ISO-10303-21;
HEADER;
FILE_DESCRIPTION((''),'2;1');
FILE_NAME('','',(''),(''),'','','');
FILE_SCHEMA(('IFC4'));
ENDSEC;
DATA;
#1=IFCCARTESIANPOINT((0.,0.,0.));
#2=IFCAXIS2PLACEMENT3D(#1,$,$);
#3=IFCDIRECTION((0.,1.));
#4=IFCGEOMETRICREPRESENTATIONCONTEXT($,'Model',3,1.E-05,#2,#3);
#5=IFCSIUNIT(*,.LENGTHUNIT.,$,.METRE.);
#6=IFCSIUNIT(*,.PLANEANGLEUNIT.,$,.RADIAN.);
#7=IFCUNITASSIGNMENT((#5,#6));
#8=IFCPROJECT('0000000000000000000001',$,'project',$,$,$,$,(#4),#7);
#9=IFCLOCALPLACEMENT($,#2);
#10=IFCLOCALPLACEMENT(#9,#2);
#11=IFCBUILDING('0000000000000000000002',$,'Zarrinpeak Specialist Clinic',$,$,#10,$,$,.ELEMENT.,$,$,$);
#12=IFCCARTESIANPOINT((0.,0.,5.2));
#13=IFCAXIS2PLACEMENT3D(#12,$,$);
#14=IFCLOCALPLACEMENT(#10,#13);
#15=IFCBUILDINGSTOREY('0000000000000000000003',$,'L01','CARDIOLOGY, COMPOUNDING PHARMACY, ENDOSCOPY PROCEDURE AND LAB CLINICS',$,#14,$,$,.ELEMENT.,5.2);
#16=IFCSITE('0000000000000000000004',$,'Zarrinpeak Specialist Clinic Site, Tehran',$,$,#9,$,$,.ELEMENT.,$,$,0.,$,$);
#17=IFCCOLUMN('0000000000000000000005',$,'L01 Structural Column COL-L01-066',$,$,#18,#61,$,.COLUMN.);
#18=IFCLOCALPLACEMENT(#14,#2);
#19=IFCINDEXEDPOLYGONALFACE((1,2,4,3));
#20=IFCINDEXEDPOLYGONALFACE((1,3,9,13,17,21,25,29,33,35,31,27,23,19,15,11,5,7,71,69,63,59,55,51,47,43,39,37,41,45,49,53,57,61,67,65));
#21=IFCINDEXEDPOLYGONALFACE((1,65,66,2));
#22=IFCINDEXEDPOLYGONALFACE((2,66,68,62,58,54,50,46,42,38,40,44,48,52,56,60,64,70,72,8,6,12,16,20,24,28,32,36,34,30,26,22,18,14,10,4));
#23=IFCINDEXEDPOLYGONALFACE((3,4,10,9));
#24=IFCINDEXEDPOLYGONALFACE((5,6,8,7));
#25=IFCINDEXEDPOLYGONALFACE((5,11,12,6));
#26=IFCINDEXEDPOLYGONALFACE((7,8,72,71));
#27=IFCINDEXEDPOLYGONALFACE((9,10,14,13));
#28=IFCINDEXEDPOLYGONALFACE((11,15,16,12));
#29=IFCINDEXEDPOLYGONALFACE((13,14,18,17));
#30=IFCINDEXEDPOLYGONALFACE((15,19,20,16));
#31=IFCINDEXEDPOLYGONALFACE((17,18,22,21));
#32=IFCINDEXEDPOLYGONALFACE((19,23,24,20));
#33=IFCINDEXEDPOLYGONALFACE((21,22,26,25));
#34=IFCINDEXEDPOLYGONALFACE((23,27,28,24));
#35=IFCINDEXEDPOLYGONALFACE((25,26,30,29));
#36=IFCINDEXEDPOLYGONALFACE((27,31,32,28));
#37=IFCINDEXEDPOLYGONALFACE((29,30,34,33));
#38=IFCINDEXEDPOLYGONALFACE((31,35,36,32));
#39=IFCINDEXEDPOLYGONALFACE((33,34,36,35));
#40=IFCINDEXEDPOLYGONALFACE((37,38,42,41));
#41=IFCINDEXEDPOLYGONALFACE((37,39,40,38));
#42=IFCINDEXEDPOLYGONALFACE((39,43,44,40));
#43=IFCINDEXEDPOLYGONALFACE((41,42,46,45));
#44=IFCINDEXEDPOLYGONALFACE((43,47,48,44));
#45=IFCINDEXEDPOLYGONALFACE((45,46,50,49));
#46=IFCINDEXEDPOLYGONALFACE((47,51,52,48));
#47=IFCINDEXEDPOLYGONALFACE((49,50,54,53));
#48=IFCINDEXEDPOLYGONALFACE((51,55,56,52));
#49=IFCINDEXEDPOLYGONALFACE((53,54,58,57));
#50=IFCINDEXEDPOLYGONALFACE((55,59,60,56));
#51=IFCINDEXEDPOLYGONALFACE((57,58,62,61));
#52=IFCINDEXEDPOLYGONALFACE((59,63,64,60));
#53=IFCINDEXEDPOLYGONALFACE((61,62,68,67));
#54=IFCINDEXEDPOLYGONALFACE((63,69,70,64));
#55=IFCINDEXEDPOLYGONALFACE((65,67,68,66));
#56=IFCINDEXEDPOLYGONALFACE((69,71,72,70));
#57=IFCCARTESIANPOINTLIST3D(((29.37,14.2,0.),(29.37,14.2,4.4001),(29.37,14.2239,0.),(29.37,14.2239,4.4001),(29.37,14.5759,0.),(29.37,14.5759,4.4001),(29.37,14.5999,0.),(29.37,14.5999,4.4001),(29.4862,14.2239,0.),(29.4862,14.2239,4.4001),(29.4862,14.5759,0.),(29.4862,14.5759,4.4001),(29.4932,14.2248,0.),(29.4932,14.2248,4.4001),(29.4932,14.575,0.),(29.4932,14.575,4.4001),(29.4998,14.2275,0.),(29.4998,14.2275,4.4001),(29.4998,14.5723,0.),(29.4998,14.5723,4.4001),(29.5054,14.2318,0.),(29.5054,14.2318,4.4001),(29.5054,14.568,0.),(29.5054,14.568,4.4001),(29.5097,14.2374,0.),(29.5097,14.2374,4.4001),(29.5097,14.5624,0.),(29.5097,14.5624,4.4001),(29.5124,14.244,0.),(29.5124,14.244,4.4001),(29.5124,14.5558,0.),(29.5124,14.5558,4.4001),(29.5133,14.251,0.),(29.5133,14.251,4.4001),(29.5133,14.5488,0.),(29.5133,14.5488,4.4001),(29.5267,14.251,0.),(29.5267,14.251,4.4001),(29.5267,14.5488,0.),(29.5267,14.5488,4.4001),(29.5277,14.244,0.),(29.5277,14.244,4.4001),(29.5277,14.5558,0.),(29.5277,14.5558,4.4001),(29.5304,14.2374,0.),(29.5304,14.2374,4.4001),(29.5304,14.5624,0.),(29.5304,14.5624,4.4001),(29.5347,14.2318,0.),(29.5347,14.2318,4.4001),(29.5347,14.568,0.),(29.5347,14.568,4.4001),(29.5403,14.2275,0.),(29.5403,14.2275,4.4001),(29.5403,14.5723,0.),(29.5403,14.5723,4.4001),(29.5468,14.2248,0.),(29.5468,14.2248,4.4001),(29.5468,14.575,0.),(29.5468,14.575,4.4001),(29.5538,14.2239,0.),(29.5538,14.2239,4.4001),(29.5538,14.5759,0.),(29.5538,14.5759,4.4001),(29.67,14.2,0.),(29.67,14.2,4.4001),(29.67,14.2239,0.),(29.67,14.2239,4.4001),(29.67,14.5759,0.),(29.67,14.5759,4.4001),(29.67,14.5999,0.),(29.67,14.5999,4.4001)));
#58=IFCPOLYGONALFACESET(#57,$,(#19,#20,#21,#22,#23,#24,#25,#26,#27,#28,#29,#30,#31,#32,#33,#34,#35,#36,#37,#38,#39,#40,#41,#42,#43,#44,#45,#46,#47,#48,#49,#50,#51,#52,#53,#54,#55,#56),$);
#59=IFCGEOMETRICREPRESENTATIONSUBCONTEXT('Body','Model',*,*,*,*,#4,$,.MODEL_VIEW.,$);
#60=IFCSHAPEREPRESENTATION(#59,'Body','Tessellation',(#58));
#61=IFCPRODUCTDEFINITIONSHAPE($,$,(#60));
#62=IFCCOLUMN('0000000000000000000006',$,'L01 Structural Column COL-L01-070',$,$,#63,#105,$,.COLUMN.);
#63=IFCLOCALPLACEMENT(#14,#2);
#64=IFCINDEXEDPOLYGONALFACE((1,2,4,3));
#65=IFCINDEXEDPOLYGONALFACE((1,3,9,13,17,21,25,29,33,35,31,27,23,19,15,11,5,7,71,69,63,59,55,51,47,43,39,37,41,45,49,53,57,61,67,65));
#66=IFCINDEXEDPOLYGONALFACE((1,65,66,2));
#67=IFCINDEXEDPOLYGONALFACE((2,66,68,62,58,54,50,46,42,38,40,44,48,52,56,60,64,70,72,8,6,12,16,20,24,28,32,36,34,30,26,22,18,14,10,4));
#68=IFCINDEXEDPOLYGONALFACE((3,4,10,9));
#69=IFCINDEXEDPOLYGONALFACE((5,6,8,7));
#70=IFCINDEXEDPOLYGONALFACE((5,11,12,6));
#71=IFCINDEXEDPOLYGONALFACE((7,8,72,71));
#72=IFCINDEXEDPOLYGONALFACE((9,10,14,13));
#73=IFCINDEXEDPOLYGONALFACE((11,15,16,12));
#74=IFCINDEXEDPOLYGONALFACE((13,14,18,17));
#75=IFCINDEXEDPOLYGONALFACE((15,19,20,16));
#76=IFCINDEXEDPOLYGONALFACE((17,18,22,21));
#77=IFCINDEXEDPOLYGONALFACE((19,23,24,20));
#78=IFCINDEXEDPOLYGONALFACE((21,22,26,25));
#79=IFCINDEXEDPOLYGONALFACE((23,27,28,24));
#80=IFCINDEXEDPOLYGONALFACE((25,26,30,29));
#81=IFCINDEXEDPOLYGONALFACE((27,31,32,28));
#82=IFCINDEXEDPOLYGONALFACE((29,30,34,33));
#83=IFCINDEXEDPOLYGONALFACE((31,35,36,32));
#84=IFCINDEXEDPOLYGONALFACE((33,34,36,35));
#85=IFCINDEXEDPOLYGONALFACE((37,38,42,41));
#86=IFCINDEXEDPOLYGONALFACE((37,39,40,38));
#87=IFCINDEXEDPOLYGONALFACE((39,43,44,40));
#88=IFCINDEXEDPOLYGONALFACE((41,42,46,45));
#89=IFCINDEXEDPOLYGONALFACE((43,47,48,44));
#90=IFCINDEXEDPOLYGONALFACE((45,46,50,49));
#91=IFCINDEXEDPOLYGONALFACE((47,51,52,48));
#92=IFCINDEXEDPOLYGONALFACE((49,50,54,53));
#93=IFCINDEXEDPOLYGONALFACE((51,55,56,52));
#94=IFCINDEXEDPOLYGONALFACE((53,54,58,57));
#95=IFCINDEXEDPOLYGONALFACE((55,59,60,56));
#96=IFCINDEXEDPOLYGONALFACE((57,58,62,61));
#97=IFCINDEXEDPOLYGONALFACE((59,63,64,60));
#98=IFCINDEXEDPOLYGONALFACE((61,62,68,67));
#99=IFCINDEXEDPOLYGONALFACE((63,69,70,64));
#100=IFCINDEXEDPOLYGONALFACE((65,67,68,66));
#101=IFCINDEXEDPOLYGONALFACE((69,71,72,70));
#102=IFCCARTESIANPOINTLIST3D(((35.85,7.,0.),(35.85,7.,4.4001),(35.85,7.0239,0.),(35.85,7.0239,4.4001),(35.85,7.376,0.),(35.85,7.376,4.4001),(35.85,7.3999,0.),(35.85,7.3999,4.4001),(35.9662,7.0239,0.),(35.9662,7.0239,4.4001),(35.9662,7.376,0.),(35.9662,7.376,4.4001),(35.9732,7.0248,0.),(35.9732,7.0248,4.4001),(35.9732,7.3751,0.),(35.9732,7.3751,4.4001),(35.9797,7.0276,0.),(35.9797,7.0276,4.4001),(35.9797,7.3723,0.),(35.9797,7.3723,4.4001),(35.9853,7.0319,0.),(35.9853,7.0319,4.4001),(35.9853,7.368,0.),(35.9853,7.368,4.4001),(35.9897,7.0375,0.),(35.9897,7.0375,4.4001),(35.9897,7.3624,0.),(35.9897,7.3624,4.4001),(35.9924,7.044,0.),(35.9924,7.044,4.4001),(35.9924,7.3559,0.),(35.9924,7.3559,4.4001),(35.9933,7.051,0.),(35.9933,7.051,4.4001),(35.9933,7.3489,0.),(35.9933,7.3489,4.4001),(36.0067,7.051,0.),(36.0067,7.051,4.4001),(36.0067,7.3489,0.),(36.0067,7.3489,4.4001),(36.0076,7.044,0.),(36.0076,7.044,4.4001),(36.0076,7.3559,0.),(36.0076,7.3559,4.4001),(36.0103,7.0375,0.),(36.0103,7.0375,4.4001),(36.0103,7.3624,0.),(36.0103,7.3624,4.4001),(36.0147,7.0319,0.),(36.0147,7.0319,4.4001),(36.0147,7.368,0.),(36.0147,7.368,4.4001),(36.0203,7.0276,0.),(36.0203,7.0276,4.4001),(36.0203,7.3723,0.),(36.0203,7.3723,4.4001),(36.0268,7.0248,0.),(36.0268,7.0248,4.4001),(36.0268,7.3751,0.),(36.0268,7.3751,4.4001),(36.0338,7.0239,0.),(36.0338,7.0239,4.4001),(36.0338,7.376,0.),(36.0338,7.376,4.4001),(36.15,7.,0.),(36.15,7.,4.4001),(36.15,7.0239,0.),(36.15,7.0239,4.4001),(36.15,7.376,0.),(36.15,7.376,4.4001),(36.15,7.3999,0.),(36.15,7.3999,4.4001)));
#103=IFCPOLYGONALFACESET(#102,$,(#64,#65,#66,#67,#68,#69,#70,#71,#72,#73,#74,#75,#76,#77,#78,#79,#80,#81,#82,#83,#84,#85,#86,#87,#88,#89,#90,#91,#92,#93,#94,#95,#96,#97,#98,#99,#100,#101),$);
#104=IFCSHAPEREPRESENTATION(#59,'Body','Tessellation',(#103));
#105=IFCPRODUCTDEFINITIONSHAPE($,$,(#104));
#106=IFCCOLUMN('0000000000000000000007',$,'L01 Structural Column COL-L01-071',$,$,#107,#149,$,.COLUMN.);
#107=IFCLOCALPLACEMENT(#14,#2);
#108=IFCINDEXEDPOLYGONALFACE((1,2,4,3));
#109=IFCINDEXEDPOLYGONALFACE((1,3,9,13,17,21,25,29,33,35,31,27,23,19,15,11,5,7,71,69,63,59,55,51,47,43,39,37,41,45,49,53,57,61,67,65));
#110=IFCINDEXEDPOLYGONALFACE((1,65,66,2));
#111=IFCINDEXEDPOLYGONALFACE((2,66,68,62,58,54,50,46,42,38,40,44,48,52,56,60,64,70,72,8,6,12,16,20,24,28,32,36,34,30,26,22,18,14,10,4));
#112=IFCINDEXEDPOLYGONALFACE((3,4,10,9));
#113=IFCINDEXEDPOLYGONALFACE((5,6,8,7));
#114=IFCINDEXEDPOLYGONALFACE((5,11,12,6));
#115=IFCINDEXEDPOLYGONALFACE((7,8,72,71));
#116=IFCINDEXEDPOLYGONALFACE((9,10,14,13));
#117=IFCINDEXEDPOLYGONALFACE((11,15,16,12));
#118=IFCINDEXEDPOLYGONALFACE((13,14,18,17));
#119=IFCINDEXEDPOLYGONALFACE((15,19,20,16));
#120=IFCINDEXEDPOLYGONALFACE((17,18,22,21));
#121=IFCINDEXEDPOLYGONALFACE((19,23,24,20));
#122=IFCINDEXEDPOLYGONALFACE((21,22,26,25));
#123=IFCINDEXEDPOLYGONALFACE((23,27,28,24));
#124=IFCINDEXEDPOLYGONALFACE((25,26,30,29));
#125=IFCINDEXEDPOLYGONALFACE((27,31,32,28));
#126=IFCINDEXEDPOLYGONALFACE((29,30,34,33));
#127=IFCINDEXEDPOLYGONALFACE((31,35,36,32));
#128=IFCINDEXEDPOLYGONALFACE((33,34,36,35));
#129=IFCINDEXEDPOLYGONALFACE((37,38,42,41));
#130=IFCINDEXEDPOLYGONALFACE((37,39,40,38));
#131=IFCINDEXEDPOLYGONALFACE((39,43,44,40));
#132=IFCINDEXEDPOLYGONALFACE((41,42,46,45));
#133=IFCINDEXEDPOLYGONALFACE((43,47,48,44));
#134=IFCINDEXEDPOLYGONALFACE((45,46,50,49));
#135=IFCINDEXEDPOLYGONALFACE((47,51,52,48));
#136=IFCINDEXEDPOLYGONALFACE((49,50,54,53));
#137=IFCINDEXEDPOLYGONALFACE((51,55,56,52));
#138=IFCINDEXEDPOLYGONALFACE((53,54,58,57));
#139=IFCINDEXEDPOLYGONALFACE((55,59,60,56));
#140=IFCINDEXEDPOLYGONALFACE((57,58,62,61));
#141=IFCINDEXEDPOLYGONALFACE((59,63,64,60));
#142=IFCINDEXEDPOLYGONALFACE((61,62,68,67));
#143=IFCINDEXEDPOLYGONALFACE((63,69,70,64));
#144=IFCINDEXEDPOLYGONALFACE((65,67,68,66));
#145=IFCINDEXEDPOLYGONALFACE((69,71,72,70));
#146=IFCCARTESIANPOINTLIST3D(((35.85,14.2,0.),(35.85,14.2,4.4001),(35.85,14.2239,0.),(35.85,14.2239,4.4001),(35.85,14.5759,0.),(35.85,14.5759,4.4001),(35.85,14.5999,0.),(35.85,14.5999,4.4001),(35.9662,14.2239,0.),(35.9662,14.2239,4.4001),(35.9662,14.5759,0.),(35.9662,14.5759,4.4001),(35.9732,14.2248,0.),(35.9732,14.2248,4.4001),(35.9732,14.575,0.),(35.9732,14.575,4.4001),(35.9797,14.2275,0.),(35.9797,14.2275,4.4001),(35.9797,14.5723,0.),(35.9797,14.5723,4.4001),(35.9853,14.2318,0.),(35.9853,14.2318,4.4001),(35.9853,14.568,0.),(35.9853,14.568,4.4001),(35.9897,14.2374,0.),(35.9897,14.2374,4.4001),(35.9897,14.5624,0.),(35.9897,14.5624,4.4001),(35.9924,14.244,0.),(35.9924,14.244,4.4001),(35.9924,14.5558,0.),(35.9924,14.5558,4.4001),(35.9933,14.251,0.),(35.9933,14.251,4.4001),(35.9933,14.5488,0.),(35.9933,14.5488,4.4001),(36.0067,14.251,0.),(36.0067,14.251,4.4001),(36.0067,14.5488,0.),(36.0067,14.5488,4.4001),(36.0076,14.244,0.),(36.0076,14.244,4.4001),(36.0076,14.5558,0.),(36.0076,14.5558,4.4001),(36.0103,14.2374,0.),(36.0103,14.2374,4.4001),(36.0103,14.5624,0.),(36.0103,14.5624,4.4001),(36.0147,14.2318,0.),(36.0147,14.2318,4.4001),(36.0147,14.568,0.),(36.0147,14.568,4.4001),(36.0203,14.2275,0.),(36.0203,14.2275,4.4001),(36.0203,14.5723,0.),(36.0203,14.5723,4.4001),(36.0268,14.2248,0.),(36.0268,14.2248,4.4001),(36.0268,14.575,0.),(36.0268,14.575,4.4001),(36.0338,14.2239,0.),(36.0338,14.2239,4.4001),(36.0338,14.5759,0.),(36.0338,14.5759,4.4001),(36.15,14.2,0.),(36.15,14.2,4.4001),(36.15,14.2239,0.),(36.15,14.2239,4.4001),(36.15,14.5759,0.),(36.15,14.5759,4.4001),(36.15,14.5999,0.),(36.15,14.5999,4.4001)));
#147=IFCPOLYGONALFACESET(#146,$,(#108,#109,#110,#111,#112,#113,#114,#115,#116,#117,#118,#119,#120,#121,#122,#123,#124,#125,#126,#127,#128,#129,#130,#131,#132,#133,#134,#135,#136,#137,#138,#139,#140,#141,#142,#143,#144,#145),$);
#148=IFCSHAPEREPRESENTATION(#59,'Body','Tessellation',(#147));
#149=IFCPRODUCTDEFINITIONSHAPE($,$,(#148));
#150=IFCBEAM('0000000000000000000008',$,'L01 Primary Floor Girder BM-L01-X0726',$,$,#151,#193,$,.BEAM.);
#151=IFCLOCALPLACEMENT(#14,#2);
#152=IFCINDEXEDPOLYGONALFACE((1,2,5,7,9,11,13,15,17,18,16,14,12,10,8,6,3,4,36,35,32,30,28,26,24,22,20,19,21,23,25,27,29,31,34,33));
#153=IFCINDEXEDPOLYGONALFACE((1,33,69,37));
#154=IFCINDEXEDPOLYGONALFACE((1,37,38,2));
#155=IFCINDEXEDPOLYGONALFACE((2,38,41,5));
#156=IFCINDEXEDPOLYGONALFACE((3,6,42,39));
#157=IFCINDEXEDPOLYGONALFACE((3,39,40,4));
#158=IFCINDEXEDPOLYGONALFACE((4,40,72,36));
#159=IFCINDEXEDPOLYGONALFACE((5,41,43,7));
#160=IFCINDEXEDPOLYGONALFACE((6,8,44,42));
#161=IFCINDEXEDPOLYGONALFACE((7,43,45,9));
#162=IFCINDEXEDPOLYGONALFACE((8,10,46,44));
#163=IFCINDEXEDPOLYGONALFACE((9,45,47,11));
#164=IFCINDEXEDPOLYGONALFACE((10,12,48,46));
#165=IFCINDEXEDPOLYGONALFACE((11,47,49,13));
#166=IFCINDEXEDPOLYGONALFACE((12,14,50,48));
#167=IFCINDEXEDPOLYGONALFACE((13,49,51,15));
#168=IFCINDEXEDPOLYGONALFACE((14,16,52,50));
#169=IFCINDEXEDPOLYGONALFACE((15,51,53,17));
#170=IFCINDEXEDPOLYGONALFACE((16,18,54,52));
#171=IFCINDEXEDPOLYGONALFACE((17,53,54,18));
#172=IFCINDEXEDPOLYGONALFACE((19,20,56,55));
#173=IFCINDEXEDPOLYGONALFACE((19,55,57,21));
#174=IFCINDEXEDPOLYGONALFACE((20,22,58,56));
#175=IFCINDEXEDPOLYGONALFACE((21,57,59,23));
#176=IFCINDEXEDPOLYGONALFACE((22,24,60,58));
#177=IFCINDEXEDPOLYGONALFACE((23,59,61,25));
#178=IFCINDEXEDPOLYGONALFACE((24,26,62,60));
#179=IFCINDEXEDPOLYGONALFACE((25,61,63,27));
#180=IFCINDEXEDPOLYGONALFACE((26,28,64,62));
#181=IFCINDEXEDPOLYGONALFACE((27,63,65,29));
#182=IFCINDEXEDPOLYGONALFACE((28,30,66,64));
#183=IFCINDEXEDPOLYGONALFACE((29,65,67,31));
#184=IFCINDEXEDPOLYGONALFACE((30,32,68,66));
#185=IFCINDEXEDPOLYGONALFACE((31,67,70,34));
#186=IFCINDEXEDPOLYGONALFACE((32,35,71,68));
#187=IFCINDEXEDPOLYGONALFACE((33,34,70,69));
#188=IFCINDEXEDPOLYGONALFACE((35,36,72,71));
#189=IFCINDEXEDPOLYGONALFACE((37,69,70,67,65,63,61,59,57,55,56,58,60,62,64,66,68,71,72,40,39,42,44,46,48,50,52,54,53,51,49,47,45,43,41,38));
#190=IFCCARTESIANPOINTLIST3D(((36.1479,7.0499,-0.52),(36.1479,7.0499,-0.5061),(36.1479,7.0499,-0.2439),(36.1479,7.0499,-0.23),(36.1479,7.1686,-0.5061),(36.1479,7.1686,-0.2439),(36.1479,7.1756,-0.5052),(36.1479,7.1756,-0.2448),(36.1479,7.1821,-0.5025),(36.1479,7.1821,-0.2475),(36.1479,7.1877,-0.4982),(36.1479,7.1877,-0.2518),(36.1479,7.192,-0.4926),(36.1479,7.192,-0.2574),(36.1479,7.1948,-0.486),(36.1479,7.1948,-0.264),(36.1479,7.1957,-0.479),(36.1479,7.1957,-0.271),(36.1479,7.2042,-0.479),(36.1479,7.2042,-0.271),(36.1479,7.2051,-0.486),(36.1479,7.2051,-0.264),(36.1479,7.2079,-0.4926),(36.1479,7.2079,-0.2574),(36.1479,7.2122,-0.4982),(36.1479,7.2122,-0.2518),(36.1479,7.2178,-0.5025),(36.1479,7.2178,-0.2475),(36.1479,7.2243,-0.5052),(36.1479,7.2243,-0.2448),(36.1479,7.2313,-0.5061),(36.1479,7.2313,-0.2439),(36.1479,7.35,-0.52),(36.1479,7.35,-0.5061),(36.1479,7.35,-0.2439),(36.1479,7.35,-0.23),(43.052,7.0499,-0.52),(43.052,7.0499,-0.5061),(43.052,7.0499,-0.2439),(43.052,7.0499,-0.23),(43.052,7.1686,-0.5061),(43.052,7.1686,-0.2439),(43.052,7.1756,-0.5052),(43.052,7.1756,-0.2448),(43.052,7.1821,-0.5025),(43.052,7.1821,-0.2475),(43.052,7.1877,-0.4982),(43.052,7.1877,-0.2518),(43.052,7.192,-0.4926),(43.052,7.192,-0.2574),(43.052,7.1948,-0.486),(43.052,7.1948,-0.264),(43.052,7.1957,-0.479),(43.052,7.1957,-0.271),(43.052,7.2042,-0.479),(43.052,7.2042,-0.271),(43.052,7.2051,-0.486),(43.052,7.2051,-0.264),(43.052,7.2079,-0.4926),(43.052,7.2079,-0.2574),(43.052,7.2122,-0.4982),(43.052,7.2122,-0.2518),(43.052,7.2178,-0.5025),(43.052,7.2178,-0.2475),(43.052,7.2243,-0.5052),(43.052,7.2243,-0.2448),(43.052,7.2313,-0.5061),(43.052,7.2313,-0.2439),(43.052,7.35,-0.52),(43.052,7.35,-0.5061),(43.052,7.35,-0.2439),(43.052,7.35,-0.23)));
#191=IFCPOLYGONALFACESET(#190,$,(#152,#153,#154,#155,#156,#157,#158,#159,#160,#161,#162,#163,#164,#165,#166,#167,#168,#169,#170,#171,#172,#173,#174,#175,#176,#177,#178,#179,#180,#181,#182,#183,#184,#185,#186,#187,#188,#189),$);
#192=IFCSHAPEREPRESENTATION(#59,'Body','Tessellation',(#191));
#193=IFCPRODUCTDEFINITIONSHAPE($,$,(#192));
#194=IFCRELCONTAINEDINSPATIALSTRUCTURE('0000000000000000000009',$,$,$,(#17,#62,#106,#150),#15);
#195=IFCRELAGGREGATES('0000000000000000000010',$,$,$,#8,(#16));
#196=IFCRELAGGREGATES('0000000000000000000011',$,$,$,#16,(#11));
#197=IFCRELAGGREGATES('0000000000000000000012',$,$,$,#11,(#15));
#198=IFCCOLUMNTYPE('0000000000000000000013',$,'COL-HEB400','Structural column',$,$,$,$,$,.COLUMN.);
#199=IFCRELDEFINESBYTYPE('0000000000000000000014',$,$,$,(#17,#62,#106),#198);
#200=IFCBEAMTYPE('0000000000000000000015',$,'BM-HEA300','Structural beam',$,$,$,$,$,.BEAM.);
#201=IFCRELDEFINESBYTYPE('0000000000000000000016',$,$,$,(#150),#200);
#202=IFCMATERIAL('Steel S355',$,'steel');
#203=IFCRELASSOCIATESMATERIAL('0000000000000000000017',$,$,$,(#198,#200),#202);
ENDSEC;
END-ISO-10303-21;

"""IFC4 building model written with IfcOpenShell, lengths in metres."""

from ifc_helpers import new_model, si_unit, direction, frame, origin, origin_2d, place, context, subcontext, project, spatial, i_section, extrude, material, material_profile, profile_set, type_object, element, save


model = new_model("IFC4")

# Units and contexts
model_context = context("Model", 3, precision=1e-05, world=origin(), true_north=direction((0.0, 1.0)))
body_context = subcontext(model_context, "Body", "Model", "MODEL_VIEW")
ifc_project = project(units=[si_unit("LENGTHUNIT", "METRE"), si_unit("PLANEANGLEUNIT", "RADIAN")], contexts=[model_context])

# Site, building, storey
site_placement = place(None, origin())
site = spatial("IfcSite", under=ifc_project, at=site_placement, Name="Zarrinpeak Specialist Clinic Site, Tehran", CompositionType="ELEMENT", RefElevation=0.0)
building_placement = place(site_placement, origin())
building = spatial("IfcBuilding", under=site, at=building_placement, Name="Zarrinpeak Specialist Clinic", CompositionType="ELEMENT")
storey_placement = place(building_placement, frame((0.0, 0.0, 5.2)))
storey = spatial("IfcBuildingStorey", under=building, at=storey_placement, Name="L01", Description="CARDIOLOGY, COMPOUNDING PHARMACY, ENDOSCOPY PROCEDURE AND LAB CLINICS", CompositionType="ELEMENT", Elevation=5.2)

# Columns
ifc_material_1 = material(Name="Steel S355", Category="steel")
ifc_material_profile_1 = material_profile(ifc_material_1, i_section(OverallWidth=0.3, OverallDepth=0.3999, WebThickness=0.0134, FlangeThickness=0.0239, FilletRadius=0.0271, at=origin_2d()), Name="HEB 400")
ifc_profile_set_1 = profile_set([ifc_material_profile_1], Name="Steel S355")
column_type = type_object("IfcColumnType", Name="COL-HEB400", Description="Structural column", PredefinedType="COLUMN", material=ifc_profile_set_1)
for number, where, z_axis, x_axis, name in (
    (1, (29.52, 14.3999, 0.0), (0.0, 0.0, 1.0), (1.0, 0.0, 0.0), "L01 Structural Column COL-L01-066"),
    (2, (36.0, 7.2, 0.0), (0.0, 0.0, 1.0), (1.0, 0.0, 0.0), "L01 Structural Column COL-L01-070"),
    (3, (36.0, 14.3999, 0.0), (0.0, 0.0, 1.0), (1.0, 0.0, 0.0), "L01 Structural Column COL-L01-071"),
):
    element("IfcColumn", number, at=place(storey_placement, frame(where, z_axis=z_axis, x_axis=x_axis)), inside=storey, type_object=column_type, Name=name, PredefinedType="COLUMN", context=body_context, shape_type="SweptSolid", body=[
        extrude(i_section(OverallWidth=0.3, OverallDepth=0.3999, WebThickness=0.0134, FlangeThickness=0.0239, FilletRadius=0.0271, at=origin_2d()), origin(), (0.0, 0.0, 1.0), 4.4001),
    ])

# Beam
ifc_material_profile_2 = material_profile(ifc_material_1, i_section(OverallWidth=0.3, OverallDepth=0.29, WebThickness=0.0085, FlangeThickness=0.0139, FilletRadius=0.0271, at=origin_2d()), Name="HEA 300")
ifc_profile_set_2 = profile_set([ifc_material_profile_2], Name="Steel S355")
beam_type_1 = type_object("IfcBeamType", Name="BM-HEA300", Description="Structural beam", PredefinedType="BEAM", material=ifc_profile_set_2)
beam_1_placement = place(storey_placement, frame((36.1479, 7.2, -0.375), z_axis=(1.0, 0.0, 0.0), x_axis=(0.0, 1.0, 0.0)))
element("IfcBeam", 4, at=beam_1_placement, inside=storey, type_object=beam_type_1, Name="L01 Primary Floor Girder BM-L01-X0726", PredefinedType="BEAM", context=body_context, shape_type="SweptSolid", body=[
    extrude(i_section(OverallWidth=0.3, OverallDepth=0.29, WebThickness=0.0085, FlangeThickness=0.0139, FilletRadius=0.0271, at=origin_2d()), origin(), (0.0, 0.0, 1.0), 6.9041),
])

save(model, "model.ifc")
